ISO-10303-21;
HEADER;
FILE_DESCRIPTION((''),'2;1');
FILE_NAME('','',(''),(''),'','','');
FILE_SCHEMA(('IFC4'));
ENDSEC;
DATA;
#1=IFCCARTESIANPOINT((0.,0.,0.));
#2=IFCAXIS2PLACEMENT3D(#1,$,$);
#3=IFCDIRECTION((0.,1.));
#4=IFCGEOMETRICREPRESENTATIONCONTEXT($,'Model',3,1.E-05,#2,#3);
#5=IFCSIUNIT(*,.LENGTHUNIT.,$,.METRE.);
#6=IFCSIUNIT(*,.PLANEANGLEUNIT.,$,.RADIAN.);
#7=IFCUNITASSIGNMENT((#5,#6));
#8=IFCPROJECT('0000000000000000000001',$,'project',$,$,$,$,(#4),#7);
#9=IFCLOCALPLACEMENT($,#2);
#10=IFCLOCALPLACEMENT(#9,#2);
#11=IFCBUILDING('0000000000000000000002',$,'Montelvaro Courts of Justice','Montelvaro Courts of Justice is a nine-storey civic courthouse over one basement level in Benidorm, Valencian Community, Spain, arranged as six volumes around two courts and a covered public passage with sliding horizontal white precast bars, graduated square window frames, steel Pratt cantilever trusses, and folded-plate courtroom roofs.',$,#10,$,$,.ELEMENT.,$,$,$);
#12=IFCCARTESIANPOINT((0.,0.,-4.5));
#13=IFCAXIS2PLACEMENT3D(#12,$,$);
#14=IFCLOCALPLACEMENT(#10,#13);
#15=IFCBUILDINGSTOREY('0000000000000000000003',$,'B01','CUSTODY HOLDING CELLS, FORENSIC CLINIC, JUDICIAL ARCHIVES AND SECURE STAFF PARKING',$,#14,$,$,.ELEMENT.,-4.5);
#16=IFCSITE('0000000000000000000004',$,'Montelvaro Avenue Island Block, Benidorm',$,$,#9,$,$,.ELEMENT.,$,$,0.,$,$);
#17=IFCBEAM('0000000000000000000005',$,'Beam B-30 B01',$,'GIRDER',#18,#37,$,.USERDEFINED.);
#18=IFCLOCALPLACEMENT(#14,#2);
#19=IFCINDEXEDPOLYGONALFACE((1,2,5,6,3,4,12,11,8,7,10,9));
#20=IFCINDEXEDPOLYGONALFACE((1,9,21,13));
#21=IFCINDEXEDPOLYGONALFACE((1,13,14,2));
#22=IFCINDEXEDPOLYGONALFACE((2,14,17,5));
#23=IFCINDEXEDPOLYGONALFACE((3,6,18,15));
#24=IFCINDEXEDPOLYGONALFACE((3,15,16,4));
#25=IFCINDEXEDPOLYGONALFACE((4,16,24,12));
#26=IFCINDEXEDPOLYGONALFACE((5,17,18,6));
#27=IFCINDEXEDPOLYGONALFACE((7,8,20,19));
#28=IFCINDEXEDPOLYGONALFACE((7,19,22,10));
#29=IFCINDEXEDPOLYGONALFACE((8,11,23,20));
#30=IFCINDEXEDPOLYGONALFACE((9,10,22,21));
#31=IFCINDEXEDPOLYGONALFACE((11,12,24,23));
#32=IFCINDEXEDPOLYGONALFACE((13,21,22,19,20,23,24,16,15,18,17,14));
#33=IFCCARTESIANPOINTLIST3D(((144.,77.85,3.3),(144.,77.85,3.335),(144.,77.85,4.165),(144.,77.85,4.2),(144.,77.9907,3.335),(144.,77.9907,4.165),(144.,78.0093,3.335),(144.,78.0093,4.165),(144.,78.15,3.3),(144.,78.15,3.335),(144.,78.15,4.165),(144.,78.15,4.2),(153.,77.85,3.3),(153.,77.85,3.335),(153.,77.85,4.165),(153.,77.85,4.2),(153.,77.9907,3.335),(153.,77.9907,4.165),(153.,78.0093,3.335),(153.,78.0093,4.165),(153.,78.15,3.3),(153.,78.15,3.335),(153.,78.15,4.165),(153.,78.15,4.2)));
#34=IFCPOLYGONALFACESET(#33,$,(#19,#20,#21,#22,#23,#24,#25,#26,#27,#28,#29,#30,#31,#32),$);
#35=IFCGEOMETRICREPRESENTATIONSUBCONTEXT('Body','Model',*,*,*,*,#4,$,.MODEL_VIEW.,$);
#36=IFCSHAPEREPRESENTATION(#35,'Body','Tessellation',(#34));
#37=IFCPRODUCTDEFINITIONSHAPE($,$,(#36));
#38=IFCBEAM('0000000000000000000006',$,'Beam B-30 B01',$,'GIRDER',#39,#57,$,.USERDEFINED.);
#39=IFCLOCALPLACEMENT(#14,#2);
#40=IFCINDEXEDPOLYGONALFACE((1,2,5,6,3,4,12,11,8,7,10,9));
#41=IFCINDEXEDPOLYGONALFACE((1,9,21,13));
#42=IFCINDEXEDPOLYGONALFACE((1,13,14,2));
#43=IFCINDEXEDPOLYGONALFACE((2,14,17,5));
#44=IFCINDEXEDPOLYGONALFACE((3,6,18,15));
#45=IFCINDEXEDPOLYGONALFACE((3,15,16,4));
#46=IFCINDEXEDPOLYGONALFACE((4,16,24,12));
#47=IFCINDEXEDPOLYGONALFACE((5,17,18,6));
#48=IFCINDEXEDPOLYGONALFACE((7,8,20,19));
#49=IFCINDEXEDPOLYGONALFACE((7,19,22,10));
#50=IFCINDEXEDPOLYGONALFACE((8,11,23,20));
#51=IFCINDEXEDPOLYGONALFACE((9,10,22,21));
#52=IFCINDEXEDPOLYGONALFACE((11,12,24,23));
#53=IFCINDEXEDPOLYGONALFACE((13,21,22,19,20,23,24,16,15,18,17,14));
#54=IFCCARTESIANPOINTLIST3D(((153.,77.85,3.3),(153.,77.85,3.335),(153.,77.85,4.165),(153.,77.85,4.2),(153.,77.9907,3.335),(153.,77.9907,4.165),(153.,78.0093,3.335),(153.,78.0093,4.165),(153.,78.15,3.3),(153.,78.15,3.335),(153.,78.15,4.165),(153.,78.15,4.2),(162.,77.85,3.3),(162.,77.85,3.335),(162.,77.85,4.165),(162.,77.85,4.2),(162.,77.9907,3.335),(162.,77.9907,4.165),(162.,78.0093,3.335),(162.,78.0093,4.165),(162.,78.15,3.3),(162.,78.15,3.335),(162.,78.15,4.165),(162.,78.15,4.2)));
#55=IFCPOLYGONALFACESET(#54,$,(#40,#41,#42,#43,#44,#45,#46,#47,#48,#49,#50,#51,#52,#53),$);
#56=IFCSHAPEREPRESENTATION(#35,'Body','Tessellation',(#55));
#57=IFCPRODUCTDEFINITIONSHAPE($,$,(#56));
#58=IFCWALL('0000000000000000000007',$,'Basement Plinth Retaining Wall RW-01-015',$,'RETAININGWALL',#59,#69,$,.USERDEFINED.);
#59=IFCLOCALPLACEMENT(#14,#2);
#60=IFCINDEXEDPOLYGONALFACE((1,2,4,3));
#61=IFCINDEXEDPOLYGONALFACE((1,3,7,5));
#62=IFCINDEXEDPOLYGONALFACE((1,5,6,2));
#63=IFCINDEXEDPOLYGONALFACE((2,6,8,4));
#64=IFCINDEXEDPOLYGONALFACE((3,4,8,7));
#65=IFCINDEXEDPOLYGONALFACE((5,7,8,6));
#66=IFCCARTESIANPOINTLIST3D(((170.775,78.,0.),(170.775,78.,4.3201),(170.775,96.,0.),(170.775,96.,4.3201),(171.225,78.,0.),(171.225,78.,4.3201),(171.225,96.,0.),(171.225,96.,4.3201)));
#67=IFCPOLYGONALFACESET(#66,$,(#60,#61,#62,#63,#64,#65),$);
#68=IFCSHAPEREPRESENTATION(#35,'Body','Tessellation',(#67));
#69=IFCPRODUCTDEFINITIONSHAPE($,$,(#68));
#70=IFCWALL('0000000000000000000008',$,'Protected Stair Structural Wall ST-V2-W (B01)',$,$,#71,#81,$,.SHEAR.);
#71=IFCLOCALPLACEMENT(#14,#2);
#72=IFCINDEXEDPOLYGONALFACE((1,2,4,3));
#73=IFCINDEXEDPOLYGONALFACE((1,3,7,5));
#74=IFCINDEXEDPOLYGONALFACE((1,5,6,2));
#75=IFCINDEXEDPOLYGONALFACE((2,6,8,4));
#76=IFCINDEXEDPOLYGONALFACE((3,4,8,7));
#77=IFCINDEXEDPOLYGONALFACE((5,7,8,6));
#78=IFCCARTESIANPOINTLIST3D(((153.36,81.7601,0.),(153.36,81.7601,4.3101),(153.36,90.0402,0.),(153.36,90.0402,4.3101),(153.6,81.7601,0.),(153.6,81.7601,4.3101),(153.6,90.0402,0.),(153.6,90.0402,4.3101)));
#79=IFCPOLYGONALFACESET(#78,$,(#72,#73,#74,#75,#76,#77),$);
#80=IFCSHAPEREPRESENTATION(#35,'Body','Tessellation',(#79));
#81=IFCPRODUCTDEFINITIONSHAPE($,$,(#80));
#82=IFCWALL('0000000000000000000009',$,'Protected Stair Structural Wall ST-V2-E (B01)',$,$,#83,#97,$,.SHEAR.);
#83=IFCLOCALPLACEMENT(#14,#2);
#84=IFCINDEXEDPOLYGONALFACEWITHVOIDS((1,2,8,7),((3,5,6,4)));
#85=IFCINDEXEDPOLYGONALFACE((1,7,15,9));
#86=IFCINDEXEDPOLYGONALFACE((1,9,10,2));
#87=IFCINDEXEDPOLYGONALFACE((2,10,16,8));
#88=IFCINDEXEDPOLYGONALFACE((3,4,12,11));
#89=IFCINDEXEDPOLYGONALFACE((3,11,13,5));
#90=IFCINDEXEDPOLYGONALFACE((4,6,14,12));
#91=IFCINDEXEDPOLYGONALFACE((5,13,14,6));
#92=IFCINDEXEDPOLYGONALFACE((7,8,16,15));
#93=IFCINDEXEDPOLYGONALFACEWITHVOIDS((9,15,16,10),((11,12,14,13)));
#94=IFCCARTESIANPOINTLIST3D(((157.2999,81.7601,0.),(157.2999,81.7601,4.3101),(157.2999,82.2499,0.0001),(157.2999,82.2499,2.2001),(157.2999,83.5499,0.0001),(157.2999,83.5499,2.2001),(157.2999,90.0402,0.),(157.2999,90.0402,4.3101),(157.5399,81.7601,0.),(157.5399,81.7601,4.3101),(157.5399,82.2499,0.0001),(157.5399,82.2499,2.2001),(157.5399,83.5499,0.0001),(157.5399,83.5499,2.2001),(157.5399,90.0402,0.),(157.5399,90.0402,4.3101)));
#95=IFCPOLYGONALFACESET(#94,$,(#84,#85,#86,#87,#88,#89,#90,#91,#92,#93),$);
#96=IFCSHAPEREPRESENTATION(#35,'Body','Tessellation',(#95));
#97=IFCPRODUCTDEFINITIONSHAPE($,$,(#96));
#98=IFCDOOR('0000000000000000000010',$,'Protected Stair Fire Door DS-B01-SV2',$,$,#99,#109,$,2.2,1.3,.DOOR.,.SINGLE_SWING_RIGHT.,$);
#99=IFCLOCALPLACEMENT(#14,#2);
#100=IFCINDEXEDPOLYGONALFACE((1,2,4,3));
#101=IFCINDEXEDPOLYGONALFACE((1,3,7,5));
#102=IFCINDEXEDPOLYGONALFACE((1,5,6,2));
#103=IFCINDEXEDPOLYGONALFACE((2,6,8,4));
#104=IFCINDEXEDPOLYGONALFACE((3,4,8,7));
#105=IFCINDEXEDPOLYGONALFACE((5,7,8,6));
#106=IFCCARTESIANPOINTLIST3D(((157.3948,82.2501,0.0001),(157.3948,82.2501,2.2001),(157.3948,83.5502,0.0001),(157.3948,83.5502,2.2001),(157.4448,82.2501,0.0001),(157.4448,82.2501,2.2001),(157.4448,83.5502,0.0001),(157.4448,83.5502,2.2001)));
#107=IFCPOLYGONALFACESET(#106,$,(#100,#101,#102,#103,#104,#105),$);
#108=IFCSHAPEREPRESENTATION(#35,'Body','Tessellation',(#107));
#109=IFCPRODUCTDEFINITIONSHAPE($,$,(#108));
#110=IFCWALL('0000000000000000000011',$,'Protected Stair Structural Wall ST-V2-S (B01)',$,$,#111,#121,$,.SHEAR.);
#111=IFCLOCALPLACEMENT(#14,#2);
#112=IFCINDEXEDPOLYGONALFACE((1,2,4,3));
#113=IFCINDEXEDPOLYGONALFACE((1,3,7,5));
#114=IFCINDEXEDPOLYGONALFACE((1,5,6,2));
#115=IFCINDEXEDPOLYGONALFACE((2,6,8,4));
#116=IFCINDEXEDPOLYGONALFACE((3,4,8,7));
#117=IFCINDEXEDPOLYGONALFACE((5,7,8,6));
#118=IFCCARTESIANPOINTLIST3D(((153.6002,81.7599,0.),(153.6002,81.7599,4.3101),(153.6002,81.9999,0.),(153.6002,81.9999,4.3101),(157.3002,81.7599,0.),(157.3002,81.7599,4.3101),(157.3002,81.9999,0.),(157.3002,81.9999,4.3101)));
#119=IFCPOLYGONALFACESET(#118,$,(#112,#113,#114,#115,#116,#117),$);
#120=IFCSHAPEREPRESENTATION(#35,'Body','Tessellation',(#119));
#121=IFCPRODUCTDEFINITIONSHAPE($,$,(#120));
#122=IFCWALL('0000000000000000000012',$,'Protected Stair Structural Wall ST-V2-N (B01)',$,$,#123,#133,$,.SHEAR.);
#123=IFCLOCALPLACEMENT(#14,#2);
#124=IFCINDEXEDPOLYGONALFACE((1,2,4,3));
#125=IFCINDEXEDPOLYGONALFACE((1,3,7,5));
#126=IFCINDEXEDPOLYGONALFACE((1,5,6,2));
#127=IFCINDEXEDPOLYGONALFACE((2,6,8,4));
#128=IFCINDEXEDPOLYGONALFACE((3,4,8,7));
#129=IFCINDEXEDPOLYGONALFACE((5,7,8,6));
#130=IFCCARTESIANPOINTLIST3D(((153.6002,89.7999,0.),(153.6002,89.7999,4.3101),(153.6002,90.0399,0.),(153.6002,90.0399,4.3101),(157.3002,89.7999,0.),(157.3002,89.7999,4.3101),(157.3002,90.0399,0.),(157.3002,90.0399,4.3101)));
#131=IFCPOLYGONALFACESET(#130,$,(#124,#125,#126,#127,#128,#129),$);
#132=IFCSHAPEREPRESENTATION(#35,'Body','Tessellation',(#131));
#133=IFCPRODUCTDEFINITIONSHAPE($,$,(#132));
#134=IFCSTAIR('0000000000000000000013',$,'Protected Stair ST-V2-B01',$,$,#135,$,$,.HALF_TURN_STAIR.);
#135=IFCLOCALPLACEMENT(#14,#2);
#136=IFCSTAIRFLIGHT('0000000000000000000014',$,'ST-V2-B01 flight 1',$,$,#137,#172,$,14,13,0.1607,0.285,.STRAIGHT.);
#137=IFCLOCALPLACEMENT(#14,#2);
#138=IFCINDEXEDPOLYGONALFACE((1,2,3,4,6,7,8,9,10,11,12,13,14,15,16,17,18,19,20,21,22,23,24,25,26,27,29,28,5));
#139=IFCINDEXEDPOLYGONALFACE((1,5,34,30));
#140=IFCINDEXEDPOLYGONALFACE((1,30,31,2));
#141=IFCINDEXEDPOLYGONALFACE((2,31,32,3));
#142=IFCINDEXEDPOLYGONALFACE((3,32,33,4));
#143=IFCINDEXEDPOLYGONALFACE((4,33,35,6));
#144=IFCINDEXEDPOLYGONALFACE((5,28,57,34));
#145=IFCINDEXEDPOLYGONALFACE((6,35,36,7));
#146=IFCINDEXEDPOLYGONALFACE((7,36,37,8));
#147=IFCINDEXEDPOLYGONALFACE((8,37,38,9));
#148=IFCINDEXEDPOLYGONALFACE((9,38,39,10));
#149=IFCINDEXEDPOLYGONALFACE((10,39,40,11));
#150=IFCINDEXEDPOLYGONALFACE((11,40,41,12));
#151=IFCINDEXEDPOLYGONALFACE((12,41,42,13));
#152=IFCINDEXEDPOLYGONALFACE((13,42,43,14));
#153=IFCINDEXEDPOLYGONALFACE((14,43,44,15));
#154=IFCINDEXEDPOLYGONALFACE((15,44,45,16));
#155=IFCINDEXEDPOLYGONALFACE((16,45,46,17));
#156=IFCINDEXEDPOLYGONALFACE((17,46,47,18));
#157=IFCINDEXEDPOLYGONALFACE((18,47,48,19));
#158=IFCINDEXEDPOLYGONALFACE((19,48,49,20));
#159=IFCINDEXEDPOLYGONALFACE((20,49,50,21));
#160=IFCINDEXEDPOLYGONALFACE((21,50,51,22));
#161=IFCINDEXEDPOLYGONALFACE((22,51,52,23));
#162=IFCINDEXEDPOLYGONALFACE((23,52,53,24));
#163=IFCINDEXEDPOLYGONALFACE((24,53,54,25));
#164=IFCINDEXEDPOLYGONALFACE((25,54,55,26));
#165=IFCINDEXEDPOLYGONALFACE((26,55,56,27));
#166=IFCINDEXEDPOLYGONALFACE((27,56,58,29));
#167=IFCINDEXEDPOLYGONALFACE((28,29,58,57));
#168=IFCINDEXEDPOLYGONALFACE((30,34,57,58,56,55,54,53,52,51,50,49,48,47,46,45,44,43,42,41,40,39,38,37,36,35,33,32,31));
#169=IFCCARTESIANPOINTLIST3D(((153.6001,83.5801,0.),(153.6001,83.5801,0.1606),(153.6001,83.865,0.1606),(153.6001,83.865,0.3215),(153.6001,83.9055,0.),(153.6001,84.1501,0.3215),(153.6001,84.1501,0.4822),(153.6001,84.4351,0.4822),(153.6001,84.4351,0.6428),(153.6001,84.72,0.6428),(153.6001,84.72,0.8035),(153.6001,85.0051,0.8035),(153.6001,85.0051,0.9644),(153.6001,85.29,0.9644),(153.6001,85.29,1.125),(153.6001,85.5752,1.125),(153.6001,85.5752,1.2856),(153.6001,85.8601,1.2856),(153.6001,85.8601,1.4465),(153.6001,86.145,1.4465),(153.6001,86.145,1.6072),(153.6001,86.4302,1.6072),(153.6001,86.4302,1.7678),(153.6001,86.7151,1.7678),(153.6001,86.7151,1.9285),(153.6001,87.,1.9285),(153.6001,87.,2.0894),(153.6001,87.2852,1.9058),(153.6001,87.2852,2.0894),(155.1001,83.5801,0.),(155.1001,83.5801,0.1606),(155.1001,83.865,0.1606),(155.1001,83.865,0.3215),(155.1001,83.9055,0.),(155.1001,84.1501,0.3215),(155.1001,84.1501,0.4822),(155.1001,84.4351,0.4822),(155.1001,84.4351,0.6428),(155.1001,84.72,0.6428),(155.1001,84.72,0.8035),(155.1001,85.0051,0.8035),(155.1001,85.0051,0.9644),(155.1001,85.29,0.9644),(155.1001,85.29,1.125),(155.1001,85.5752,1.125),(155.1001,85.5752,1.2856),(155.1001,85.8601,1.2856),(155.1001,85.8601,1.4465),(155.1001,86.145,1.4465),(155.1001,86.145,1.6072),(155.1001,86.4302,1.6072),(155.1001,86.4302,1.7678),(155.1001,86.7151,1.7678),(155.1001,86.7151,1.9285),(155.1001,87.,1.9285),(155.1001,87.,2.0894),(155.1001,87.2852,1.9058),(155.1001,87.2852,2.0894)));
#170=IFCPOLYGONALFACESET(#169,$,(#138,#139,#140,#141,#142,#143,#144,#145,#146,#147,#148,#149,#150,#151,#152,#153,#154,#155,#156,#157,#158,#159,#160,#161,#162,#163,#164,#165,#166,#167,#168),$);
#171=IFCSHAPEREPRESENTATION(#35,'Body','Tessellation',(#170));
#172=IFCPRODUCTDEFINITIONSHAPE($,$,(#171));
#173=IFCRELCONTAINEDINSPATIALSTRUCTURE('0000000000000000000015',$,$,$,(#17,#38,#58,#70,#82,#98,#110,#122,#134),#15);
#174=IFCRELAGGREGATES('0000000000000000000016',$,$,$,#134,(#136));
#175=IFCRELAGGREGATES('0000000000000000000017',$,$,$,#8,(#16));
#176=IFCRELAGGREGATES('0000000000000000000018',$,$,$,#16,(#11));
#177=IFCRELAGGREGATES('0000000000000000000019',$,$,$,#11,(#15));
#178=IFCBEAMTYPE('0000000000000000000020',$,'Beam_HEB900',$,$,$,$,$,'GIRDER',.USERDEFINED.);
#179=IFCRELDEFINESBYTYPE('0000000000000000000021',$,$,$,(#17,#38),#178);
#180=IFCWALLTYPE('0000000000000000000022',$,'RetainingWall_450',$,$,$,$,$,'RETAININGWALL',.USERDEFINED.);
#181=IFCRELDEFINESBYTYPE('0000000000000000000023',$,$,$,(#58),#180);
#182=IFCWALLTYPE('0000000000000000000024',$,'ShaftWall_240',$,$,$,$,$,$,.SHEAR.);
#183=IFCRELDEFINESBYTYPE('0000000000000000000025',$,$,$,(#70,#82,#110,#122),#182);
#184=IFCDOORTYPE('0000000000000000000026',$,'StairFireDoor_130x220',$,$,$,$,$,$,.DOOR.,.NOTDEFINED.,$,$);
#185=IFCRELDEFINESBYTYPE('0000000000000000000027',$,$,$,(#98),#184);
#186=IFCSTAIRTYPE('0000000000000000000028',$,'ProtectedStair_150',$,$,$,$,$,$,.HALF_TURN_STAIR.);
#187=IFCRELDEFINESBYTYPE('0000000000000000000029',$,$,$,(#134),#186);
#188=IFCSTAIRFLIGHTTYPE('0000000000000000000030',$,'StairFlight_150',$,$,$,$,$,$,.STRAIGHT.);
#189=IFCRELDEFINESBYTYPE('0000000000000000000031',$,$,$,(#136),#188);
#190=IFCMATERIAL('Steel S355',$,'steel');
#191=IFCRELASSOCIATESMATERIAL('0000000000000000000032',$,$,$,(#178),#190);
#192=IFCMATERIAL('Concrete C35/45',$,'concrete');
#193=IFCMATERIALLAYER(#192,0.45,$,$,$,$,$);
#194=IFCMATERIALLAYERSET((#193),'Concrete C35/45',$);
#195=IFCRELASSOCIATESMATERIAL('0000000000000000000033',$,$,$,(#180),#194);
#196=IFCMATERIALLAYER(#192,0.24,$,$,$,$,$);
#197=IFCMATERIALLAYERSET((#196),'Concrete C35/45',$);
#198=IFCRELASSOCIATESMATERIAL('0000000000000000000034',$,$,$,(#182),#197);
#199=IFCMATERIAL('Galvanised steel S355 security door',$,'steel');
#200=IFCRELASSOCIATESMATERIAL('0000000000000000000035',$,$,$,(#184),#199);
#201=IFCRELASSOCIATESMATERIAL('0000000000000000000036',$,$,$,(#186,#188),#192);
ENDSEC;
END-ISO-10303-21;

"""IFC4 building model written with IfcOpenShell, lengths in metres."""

from ifc_helpers import new_model, si_unit, direction, frame, frame_2d, origin, origin_2d, place, context, subcontext, project, spatial, polyline, rectangle, i_section, outline, extrude, material, layer, layer_set, material_profile, profile_set, type_object, element, fill, aggregate, save


model = new_model("IFC4")

# Units and contexts
model_context = context("Model", 3, precision=1e-05, world=origin(), true_north=direction((0.0, 1.0)))
body_context = subcontext(model_context, "Body", "Model", "MODEL_VIEW")
ifc_project = project(units=[si_unit("LENGTHUNIT", "METRE"), si_unit("PLANEANGLEUNIT", "RADIAN")], contexts=[model_context])

# Site, building, storey
site_placement = place(None, origin())
site = spatial("IfcSite", under=ifc_project, at=site_placement, Name="Montelvaro Avenue Island Block, Benidorm", CompositionType="ELEMENT", RefElevation=0.0)
building_placement = place(site_placement, origin())
building = spatial("IfcBuilding", under=site, at=building_placement, Name="Montelvaro Courts of Justice", Description="Montelvaro Courts of Justice is a nine-storey civic courthouse over one basement level in Benidorm, Valencian Community, Spain, arranged as six volumes around two courts and a covered public passage with sliding horizontal white precast bars, graduated square window frames, steel Pratt cantilever trusses, and folded-plate courtroom roofs.", CompositionType="ELEMENT")
storey_placement = place(building_placement, frame((0.0, 0.0, -4.5)))
storey = spatial("IfcBuildingStorey", under=building, at=storey_placement, Name="B01", Description="CUSTODY HOLDING CELLS, FORENSIC CLINIC, JUDICIAL ARCHIVES AND SECURE STAFF PARKING", CompositionType="ELEMENT", Elevation=-4.5)

# Shared definitions
ifc_material_1 = material(Name="Concrete C35/45", Category="concrete")

# Beams
ifc_material_2 = material(Name="Steel S355", Category="steel")
ifc_material_profile_1 = material_profile(ifc_material_2, i_section(OverallWidth=0.3, OverallDepth=0.8999, WebThickness=0.0186, FlangeThickness=0.0349, at=origin_2d()), Name="HEB 900")
ifc_profile_set_1 = profile_set([ifc_material_profile_1], Name="Steel S355")
beam_type_1 = type_object("IfcBeamType", Name="Beam_HEB900", ElementType="GIRDER", PredefinedType="USERDEFINED", material=ifc_profile_set_1)
for number, where, z_axis, x_axis, name in (
    (1, (144.0, 78.0, 3.75), (1.0, 0.0, 0.0), (0.0, 1.0, 0.0), "Beam B-30 B01"),
    (2, (153.0, 78.0, 3.75), (1.0, 0.0, 0.0), (0.0, 1.0, 0.0), "Beam B-30 B01"),
):
    element("IfcBeam", number, at=place(storey_placement, frame(where, z_axis=z_axis, x_axis=x_axis)), inside=storey, type_object=beam_type_1, Name=name, ObjectType="GIRDER", PredefinedType="USERDEFINED", context=body_context, shape_type="SweptSolid", body=[
        extrude(i_section(OverallWidth=0.3, OverallDepth=0.8999, WebThickness=0.0186, FlangeThickness=0.0349, at=origin_2d()), origin(), (0.0, 0.0, 1.0), 9.0),
    ])

# Walls
ifc_layer_1 = layer(ifc_material_1, 0.45)
ifc_layer_set_1 = layer_set([ifc_layer_1], Name="Concrete C35/45")
wall_type_1 = type_object("IfcWallType", Name="RetainingWall_450", ElementType="RETAININGWALL", PredefinedType="USERDEFINED", material=ifc_layer_set_1)
wall_1_placement = place(storey_placement, frame((171.0, 78.0, 0.0), z_axis=(0.0, 0.0, 1.0), x_axis=(0.0, 1.0, 0.0)))
element("IfcWall", 3, at=wall_1_placement, inside=storey, type_object=wall_type_1, Name="Basement Plinth Retaining Wall RW-01-015", ObjectType="RETAININGWALL", PredefinedType="USERDEFINED", context=body_context, shape_type="SweptSolid", body=[
    extrude(rectangle(XDim=18.0, YDim=0.45, at=frame_2d((9.0, 0.0))), origin(), (0.0, 0.0, 1.0), 4.3201),
])
ifc_layer_2 = layer(ifc_material_1, 0.24)
ifc_layer_set_2 = layer_set([ifc_layer_2], Name="Concrete C35/45")
wall_type_2 = type_object("IfcWallType", Name="ShaftWall_240", PredefinedType="SHEAR", material=ifc_layer_set_2)
wall_2_placement = place(storey_placement, frame((153.48, 81.76, 0.0), z_axis=(0.0, 0.0, 1.0), x_axis=(0.0, 1.0, 0.0)))
element("IfcWall", 4, at=wall_2_placement, inside=storey, type_object=wall_type_2, Name="Protected Stair Structural Wall ST-V2-W (B01)", PredefinedType="SHEAR", context=body_context, shape_type="SweptSolid", body=[
    extrude(rectangle(XDim=8.28, YDim=0.24, at=frame_2d((4.1401, 0.0))), origin(), (0.0, 0.0, 1.0), 4.3101),
])

# Wall, opening, door
wall_3_placement = place(storey_placement, frame((157.4199, 81.76, 0.0), z_axis=(0.0, 0.0, 1.0), x_axis=(0.0, 1.0, 0.0)))
wall_3 = element("IfcWall", 5, at=wall_3_placement, inside=storey, type_object=wall_type_2, Name="Protected Stair Structural Wall ST-V2-E (B01)", PredefinedType="SHEAR", context=body_context, shape_type="SweptSolid", body=[
    extrude(rectangle(XDim=8.28, YDim=0.24, at=frame_2d((4.1401, 0.0))), origin(), (0.0, 0.0, 1.0), 4.3101),
])
opening_placement = place(wall_3_placement, frame((0.49, 0.0, 0.0)))
opening = element("IfcOpeningElement", 6, at=opening_placement, cuts=wall_3, PredefinedType="OPENING", context=body_context, shape_type="SweptSolid", body=[
    extrude(rectangle(XDim=1.3, YDim=2.2, at=frame_2d((0.6499, 1.1001))), frame((0.0, 0.1348, 0.0), z_axis=(0.0, -1.0, 0.0), x_axis=(1.0, 0.0, 0.0)), (0.0, 0.0, 1.0), 0.2698),
])
ifc_material_3 = material(Name="Galvanised steel S355 security door", Category="steel")
door_type = type_object("IfcDoorType", Name="StairFireDoor_130x220", OperationType="NOTDEFINED", PredefinedType="DOOR", material=ifc_material_3)
door_placement = place(opening_placement, frame((1.3, 0.0, 0.0), z_axis=(0.0, 0.0, 1.0), x_axis=(-1.0, 0.0, 0.0)))
door = element("IfcDoor", 7, at=door_placement, inside=storey, type_object=door_type, Name="Protected Stair Fire Door DS-B01-SV2", OperationType="SINGLE_SWING_RIGHT", OverallHeight=2.2, OverallWidth=1.3, PredefinedType="DOOR", context=body_context, shape_type="SweptSolid", body=[
    extrude(rectangle(XDim=1.3, YDim=2.2, at=frame_2d((0.6499, 1.1001))), frame((0.0, 0.0249, 0.0), z_axis=(0.0, -1.0, 0.0), x_axis=(1.0, 0.0, 0.0)), (0.0, 0.0, 1.0), 0.05),
])
fill(opening, door)

# Walls
for number, where, z_axis, x_axis, name in (
    (8, (153.6001, 81.8799, 0.0), (0.0, 0.0, 1.0), (1.0, 0.0, 0.0), "Protected Stair Structural Wall ST-V2-S (B01)"),
    (9, (153.6001, 89.9199, 0.0), (0.0, 0.0, 1.0), (1.0, 0.0, 0.0), "Protected Stair Structural Wall ST-V2-N (B01)"),
):
    element("IfcWall", number, at=place(storey_placement, frame(where, z_axis=z_axis, x_axis=x_axis)), inside=storey, type_object=wall_type_2, Name=name, PredefinedType="SHEAR", context=body_context, shape_type="SweptSolid", body=[
        extrude(rectangle(XDim=3.7, YDim=0.24, at=frame_2d((1.8501, 0.0))), origin(), (0.0, 0.0, 1.0), 4.3101),
    ])

# Stair, stair flight
stair_type = type_object("IfcStairType", Name="ProtectedStair_150", PredefinedType="HALF_TURN_STAIR", material=ifc_material_1)
stair_placement = place(storey_placement, origin())
stair = element("IfcStair", 10, at=stair_placement, inside=storey, type_object=stair_type, Name="Protected Stair ST-V2-B01", PredefinedType="HALF_TURN_STAIR")
stair_flight_type = type_object("IfcStairFlightType", Name="StairFlight_150", PredefinedType="STRAIGHT", material=ifc_material_1)
stair_flight_1_placement = place(storey_placement, frame((154.3501, 83.5801, 0.0), z_axis=(0.0, 0.0, 1.0), x_axis=(0.0, 1.0, 0.0)))
stair_flight_1 = element("IfcStairFlight", 11, at=stair_flight_1_placement, type_object=stair_flight_type, Name="ST-V2-B01 flight 1", NumberOfRisers=14, NumberOfTreads=13, PredefinedType="STRAIGHT", RiserHeight=0.1607, TreadLength=0.285, context=body_context, shape_type="SweptSolid", body=[
    extrude(outline(polyline([(0.0, 0.0), (0.0, 0.1606), (0.2849, 0.1606), (0.2849, 0.3215), (0.5701, 0.3215), (0.5701, 0.4822), (0.855, 0.4822), (0.855, 0.6428), (1.1399, 0.6428), (1.1399, 0.8035), (1.425, 0.8035), (1.425, 0.9644), (1.71, 0.9644), (1.71, 1.125), (1.9951, 1.125), (1.9951, 1.2856), (2.28, 1.2856), (2.28, 1.4465), (2.5649, 1.4465), (2.5649, 1.6072), (2.8501, 1.6072), (2.8501, 1.7678), (3.135, 1.7678), (3.135, 1.9285), (3.4199, 1.9285), (3.4199, 2.0894), (3.7051, 2.0894), (3.7051, 2.25), (3.7051, 1.9058), (0.3254, 0.0), (0.0, 0.0)])), frame((0.0, 0.75, 0.0), z_axis=(0.0, -1.0, 0.0), x_axis=(1.0, 0.0, 0.0)), (0.0, 0.0, 1.0), 1.5),
])
aggregate(stair, [stair_flight_1])

save(model, "model.ifc")
